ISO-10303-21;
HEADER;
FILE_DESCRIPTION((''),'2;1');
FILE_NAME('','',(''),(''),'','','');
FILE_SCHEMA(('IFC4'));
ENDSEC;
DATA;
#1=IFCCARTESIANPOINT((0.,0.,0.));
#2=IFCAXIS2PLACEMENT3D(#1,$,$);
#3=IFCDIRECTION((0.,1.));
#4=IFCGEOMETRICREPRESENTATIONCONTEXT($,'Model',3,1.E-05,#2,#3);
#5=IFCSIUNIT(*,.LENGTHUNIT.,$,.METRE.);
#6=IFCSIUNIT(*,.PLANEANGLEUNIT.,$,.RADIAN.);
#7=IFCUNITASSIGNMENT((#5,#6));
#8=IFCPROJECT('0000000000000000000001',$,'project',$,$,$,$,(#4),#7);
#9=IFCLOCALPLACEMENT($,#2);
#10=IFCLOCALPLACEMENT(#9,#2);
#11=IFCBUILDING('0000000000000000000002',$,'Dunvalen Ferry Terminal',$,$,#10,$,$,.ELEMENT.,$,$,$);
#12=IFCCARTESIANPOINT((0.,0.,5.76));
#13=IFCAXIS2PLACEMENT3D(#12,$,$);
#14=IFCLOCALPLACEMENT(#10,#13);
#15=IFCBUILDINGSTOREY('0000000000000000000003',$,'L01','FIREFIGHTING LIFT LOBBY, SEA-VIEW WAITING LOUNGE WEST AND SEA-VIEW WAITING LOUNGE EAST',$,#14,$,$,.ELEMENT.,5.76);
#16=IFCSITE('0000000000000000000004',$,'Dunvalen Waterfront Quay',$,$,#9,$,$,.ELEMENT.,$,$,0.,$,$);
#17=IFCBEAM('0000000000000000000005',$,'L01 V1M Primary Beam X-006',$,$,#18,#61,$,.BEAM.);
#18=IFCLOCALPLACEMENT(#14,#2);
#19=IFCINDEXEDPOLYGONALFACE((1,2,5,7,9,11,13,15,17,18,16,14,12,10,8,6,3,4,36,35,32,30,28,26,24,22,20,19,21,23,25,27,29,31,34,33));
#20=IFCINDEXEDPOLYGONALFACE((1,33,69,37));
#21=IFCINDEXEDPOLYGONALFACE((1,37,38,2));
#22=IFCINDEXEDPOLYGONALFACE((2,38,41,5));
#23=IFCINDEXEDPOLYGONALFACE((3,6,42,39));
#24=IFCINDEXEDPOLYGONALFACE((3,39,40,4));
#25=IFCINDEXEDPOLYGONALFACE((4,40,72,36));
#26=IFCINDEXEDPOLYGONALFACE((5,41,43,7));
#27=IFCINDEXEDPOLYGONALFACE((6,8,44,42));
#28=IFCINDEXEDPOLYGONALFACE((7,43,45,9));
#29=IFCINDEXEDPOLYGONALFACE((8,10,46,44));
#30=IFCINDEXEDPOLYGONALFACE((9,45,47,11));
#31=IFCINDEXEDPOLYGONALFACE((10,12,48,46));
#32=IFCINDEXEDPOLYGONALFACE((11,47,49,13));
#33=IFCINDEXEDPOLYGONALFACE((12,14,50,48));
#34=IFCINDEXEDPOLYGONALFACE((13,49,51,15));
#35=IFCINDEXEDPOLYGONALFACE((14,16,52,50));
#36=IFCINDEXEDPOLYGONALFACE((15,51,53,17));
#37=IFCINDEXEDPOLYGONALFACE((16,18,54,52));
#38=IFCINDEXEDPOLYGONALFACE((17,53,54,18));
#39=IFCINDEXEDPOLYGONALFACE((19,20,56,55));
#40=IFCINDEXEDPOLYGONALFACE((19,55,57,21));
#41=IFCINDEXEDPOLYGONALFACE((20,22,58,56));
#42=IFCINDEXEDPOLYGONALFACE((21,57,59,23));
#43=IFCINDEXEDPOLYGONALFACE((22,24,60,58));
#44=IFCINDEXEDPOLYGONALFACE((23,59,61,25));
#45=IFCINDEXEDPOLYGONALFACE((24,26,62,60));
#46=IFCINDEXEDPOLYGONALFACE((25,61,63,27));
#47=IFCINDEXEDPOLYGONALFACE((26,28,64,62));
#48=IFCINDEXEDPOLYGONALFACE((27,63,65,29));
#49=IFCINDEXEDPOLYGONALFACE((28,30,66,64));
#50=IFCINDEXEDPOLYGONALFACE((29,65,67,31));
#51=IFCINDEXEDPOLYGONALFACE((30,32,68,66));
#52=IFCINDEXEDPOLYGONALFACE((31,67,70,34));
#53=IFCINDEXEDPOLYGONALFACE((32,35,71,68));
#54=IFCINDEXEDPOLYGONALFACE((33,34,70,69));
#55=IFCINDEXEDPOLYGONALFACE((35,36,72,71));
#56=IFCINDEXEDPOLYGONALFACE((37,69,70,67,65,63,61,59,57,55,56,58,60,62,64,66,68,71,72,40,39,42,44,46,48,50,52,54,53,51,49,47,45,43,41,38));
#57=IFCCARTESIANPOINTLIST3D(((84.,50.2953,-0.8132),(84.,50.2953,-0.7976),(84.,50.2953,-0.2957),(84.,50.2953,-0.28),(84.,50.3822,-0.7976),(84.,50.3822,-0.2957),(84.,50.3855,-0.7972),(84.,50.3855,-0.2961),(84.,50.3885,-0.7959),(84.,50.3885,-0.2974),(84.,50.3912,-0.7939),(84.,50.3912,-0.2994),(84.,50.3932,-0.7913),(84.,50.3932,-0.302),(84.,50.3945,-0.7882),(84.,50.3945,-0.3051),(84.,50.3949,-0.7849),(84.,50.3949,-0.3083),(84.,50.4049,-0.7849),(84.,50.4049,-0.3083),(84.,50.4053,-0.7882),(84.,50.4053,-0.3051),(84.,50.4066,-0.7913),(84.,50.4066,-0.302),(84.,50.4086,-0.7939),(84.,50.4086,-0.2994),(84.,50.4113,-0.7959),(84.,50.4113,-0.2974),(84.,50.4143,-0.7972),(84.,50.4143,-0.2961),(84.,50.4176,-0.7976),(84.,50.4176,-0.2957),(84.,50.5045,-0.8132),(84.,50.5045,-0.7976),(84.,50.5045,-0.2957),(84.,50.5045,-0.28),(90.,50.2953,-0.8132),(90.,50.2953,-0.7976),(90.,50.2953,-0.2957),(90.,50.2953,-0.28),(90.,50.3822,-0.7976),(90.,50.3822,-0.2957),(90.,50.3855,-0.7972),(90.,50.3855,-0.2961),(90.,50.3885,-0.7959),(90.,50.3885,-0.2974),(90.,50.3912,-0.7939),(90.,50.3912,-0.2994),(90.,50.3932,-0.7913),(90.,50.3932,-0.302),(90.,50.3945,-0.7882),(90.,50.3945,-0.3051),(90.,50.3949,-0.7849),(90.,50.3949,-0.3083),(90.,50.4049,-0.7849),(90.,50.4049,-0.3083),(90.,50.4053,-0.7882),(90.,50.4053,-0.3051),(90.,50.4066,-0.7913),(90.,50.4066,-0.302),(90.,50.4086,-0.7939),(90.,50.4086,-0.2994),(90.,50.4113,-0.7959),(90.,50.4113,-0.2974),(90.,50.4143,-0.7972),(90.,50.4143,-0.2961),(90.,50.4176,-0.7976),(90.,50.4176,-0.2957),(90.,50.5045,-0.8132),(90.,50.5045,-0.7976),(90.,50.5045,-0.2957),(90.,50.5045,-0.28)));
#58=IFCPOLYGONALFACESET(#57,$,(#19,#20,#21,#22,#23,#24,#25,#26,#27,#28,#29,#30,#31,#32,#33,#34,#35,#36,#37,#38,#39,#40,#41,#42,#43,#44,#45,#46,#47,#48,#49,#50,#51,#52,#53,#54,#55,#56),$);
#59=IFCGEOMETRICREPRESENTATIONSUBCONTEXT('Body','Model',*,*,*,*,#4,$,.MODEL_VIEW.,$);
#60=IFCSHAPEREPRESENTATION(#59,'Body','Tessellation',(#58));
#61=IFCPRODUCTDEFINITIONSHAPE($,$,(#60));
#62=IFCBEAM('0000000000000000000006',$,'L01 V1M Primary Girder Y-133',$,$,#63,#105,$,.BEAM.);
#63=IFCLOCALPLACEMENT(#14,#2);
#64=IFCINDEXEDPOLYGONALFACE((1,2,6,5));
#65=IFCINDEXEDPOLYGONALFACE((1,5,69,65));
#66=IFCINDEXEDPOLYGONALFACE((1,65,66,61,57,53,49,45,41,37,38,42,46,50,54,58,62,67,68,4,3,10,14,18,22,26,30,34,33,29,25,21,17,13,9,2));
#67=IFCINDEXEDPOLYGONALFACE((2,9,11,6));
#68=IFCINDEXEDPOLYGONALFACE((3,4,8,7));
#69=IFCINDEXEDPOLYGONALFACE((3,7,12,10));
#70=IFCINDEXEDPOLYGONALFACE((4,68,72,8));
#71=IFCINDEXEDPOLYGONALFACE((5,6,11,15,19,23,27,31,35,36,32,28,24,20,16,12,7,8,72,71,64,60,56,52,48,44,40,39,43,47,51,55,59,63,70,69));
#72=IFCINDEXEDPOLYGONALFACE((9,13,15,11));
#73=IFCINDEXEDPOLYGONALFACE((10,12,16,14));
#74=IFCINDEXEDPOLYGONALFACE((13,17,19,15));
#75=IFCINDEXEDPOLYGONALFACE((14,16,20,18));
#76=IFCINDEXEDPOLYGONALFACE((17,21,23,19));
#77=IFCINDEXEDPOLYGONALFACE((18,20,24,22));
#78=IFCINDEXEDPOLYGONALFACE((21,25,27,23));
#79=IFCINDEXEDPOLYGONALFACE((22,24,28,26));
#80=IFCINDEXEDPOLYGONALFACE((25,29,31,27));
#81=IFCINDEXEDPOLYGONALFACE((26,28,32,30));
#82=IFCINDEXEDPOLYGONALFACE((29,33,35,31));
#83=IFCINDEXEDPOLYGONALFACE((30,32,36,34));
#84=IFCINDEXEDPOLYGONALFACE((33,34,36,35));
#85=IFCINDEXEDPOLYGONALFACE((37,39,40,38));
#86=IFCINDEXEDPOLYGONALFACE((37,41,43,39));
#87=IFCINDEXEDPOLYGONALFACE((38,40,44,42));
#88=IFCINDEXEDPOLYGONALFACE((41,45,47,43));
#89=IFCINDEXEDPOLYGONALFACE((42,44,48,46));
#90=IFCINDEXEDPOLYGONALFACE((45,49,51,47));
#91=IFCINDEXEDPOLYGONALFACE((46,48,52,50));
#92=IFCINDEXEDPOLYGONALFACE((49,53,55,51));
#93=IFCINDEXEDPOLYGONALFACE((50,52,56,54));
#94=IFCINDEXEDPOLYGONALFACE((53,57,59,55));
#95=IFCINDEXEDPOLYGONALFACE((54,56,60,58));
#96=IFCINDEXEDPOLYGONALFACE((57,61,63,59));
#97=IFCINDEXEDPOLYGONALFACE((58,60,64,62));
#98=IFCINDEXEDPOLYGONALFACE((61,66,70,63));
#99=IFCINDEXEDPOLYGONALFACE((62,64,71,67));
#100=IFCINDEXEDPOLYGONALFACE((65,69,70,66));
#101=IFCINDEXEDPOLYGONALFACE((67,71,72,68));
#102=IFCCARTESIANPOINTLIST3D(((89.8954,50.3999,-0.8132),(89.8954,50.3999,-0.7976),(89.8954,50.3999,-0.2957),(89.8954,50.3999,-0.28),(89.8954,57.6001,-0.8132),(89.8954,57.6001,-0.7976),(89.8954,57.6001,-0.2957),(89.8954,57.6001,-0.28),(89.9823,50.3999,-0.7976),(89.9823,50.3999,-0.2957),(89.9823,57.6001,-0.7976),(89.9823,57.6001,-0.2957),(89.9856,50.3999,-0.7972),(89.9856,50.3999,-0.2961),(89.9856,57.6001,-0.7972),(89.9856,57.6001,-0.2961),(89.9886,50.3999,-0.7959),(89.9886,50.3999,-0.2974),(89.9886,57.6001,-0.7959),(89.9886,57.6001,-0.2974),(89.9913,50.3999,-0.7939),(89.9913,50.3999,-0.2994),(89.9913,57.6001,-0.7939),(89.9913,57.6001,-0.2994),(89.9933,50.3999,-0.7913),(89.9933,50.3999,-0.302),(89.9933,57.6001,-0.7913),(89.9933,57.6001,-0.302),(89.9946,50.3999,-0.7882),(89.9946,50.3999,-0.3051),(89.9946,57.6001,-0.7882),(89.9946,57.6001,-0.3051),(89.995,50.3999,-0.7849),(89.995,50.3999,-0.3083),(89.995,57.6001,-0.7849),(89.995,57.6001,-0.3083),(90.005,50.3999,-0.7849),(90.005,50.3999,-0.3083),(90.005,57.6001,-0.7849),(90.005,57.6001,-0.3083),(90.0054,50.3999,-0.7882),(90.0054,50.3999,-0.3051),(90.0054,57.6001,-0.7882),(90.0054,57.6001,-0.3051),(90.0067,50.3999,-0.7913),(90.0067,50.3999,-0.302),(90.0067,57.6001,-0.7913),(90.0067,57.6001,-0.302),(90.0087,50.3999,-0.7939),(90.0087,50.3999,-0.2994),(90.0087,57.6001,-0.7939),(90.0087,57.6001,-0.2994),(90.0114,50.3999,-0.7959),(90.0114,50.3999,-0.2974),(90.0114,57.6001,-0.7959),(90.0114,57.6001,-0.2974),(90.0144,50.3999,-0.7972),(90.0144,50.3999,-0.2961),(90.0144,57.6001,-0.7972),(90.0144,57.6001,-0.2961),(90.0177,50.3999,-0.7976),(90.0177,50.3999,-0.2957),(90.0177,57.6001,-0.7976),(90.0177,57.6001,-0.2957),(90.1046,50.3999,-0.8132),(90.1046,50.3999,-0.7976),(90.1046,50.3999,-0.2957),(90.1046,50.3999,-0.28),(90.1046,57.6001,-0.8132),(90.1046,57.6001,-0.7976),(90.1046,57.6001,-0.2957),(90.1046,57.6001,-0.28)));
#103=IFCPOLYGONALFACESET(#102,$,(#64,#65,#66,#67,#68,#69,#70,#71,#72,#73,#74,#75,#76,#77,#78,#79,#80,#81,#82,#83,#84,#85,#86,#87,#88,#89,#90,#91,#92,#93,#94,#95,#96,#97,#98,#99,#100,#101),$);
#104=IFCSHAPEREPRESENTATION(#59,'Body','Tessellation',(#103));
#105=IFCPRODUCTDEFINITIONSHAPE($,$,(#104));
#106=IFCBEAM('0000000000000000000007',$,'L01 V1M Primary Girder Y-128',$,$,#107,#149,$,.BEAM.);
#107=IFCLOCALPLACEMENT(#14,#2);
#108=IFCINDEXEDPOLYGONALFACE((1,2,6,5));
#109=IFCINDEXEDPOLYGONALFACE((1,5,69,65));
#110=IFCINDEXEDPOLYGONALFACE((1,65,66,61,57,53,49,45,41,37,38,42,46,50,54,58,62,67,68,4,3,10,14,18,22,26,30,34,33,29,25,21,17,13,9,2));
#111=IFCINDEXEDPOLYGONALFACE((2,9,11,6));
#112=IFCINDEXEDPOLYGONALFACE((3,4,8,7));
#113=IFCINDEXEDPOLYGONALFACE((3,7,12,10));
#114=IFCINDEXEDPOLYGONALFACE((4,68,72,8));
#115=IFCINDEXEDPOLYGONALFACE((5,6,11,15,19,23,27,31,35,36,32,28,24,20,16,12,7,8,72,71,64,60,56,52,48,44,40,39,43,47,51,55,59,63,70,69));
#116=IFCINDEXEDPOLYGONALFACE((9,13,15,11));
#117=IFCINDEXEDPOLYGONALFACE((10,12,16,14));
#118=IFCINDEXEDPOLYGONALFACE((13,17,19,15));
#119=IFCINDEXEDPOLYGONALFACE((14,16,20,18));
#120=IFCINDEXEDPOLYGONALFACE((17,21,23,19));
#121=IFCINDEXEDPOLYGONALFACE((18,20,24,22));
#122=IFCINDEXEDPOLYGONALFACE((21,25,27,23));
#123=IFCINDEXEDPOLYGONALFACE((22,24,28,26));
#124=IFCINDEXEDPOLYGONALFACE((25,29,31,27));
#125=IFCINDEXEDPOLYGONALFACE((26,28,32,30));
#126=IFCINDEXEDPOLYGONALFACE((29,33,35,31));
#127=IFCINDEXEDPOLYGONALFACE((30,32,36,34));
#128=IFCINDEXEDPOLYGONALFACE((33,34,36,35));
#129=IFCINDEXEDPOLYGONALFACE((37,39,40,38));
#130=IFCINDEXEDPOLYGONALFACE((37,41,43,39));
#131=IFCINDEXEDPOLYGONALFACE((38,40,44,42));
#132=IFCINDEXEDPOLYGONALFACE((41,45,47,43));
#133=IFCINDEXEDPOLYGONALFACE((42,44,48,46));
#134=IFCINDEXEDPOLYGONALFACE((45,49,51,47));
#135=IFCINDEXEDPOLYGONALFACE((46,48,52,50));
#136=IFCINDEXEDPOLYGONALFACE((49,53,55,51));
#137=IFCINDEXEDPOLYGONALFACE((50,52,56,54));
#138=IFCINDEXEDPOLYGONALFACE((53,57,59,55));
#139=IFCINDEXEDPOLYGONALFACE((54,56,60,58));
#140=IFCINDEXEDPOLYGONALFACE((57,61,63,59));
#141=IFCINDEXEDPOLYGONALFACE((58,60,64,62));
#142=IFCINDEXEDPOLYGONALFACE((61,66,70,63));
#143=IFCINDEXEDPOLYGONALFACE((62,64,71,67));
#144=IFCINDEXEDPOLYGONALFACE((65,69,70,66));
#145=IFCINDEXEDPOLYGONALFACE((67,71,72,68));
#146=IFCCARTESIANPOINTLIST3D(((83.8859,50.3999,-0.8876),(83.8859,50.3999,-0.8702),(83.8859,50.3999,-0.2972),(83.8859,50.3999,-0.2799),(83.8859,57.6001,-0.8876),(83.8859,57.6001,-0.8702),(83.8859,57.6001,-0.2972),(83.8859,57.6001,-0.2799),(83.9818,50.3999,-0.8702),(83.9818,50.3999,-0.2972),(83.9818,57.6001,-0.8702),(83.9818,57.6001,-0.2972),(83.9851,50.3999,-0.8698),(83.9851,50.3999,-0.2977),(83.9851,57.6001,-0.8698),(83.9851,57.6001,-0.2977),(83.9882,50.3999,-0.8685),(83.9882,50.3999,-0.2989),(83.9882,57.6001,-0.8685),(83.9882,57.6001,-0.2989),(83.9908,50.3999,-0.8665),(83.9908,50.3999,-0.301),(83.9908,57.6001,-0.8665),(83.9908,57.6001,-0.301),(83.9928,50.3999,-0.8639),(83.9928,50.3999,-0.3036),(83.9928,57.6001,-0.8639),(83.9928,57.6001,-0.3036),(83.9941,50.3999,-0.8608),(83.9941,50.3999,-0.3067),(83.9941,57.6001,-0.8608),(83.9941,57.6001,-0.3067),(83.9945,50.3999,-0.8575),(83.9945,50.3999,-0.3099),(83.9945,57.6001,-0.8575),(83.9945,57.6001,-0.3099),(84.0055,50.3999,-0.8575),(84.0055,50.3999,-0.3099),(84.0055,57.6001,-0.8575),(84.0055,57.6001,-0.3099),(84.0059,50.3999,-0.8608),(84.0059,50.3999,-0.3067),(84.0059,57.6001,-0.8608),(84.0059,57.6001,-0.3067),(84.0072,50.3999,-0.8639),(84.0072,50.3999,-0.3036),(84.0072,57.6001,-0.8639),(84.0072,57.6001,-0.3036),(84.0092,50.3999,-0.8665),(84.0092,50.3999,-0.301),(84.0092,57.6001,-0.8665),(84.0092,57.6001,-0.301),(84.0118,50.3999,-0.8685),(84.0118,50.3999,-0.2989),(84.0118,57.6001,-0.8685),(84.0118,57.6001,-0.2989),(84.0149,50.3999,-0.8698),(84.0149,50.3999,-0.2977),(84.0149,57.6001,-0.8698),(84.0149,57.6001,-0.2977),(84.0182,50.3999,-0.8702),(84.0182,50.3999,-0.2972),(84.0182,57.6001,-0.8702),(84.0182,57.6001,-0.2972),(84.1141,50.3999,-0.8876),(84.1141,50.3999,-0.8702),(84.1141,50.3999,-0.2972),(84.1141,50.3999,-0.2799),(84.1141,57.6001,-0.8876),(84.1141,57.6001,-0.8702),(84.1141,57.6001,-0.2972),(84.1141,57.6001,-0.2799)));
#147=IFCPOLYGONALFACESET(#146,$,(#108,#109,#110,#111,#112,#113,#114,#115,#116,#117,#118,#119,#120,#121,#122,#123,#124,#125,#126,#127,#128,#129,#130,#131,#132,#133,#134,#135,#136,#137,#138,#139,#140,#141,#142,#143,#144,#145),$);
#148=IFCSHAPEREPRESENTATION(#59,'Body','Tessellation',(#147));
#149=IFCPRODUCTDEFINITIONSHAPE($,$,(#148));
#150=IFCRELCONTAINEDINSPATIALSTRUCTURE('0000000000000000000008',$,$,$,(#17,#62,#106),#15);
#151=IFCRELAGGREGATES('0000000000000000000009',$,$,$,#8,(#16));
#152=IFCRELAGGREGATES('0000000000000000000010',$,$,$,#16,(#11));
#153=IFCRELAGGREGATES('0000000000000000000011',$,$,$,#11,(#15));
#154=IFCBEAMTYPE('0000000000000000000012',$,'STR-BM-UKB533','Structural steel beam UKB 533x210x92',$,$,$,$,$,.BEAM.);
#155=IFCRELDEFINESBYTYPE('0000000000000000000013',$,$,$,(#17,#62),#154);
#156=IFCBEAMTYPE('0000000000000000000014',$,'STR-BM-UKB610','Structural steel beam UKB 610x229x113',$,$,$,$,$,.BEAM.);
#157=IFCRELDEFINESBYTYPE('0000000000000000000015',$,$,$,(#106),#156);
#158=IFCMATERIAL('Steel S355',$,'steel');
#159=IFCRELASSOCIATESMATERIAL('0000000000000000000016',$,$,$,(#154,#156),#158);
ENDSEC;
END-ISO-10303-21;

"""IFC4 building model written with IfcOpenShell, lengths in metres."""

from ifc_helpers import new_model, si_unit, direction, frame, origin, origin_2d, place, context, subcontext, project, spatial, i_section, extrude, material, material_profile, profile_set, type_object, element, save


model = new_model("IFC4")

# Units and contexts
model_context = context("Model", 3, precision=1e-05, world=origin(), true_north=direction((0.0, 1.0)))
body_context = subcontext(model_context, "Body", "Model", "MODEL_VIEW")
ifc_project = project(units=[si_unit("LENGTHUNIT", "METRE"), si_unit("PLANEANGLEUNIT", "RADIAN")], contexts=[model_context])

# Site, building, storey
site_placement = place(None, origin())
site = spatial("IfcSite", under=ifc_project, at=site_placement, Name="Dunvalen Waterfront Quay", CompositionType="ELEMENT", RefElevation=0.0)
building_placement = place(site_placement, origin())
building = spatial("IfcBuilding", under=site, at=building_placement, Name="Dunvalen Ferry Terminal", CompositionType="ELEMENT")
storey_placement = place(building_placement, frame((0.0, 0.0, 5.76)))
storey = spatial("IfcBuildingStorey", under=building, at=storey_placement, Name="L01", Description="FIREFIGHTING LIFT LOBBY, SEA-VIEW WAITING LOUNGE WEST AND SEA-VIEW WAITING LOUNGE EAST", CompositionType="ELEMENT", Elevation=5.76)

# Shared definitions
ifc_material_1 = material(Name="Steel S355", Category="steel")

# Beams
ifc_material_profile_1 = material_profile(ifc_material_1, i_section(OverallWidth=0.2092, OverallDepth=0.5332, WebThickness=0.01, FlangeThickness=0.0156, FilletRadius=0.0127, at=origin_2d()), Name="Steel S355")
ifc_profile_set_1 = profile_set([ifc_material_profile_1], Name="Steel S355")
beam_type_1 = type_object("IfcBeamType", Name="STR-BM-UKB533", Description="Structural steel beam UKB 533x210x92", PredefinedType="BEAM", material=ifc_profile_set_1)
beam_1_placement = place(storey_placement, frame((84.0, 50.3999, -0.5466), z_axis=(1.0, 0.0, 0.0), x_axis=(0.0, 1.0, 0.0)))
element("IfcBeam", 1, at=beam_1_placement, inside=storey, type_object=beam_type_1, Name="L01 V1M Primary Beam X-006", PredefinedType="BEAM", context=body_context, shape_type="SweptSolid", body=[
    extrude(i_section(OverallWidth=0.2092, OverallDepth=0.5332, WebThickness=0.01, FlangeThickness=0.0156, FilletRadius=0.0127, at=origin_2d()), origin(), (0.0, 0.0, 1.0), 6.0),
])
beam_2_placement = place(storey_placement, frame((90.0, 50.3999, -0.5466), z_axis=(0.0, 1.0, 0.0), x_axis=(-1.0, 0.0, 0.0)))
element("IfcBeam", 2, at=beam_2_placement, inside=storey, type_object=beam_type_1, Name="L01 V1M Primary Girder Y-133", PredefinedType="BEAM", context=body_context, shape_type="SweptSolid", body=[
    extrude(i_section(OverallWidth=0.2092, OverallDepth=0.5332, WebThickness=0.01, FlangeThickness=0.0156, FilletRadius=0.0127, at=origin_2d()), origin(), (0.0, 0.0, 1.0), 7.2002),
])
ifc_material_profile_2 = material_profile(ifc_material_1, i_section(OverallWidth=0.2283, OverallDepth=0.6077, WebThickness=0.011, FlangeThickness=0.0173, FilletRadius=0.0127, at=origin_2d()), Name="Steel S355")
ifc_profile_set_2 = profile_set([ifc_material_profile_2], Name="Steel S355")
beam_type_2 = type_object("IfcBeamType", Name="STR-BM-UKB610", Description="Structural steel beam UKB 610x229x113", PredefinedType="BEAM", material=ifc_profile_set_2)
beam_3_placement = place(storey_placement, frame((84.0, 50.3999, -0.5837), z_axis=(0.0, 1.0, 0.0), x_axis=(-1.0, 0.0, 0.0)))
element("IfcBeam", 3, at=beam_3_placement, inside=storey, type_object=beam_type_2, Name="L01 V1M Primary Girder Y-128", PredefinedType="BEAM", context=body_context, shape_type="SweptSolid", body=[
    extrude(i_section(OverallWidth=0.2283, OverallDepth=0.6077, WebThickness=0.011, FlangeThickness=0.0173, FilletRadius=0.0127, at=origin_2d()), origin(), (0.0, 0.0, 1.0), 7.2002),
])

save(model, "model.ifc")
